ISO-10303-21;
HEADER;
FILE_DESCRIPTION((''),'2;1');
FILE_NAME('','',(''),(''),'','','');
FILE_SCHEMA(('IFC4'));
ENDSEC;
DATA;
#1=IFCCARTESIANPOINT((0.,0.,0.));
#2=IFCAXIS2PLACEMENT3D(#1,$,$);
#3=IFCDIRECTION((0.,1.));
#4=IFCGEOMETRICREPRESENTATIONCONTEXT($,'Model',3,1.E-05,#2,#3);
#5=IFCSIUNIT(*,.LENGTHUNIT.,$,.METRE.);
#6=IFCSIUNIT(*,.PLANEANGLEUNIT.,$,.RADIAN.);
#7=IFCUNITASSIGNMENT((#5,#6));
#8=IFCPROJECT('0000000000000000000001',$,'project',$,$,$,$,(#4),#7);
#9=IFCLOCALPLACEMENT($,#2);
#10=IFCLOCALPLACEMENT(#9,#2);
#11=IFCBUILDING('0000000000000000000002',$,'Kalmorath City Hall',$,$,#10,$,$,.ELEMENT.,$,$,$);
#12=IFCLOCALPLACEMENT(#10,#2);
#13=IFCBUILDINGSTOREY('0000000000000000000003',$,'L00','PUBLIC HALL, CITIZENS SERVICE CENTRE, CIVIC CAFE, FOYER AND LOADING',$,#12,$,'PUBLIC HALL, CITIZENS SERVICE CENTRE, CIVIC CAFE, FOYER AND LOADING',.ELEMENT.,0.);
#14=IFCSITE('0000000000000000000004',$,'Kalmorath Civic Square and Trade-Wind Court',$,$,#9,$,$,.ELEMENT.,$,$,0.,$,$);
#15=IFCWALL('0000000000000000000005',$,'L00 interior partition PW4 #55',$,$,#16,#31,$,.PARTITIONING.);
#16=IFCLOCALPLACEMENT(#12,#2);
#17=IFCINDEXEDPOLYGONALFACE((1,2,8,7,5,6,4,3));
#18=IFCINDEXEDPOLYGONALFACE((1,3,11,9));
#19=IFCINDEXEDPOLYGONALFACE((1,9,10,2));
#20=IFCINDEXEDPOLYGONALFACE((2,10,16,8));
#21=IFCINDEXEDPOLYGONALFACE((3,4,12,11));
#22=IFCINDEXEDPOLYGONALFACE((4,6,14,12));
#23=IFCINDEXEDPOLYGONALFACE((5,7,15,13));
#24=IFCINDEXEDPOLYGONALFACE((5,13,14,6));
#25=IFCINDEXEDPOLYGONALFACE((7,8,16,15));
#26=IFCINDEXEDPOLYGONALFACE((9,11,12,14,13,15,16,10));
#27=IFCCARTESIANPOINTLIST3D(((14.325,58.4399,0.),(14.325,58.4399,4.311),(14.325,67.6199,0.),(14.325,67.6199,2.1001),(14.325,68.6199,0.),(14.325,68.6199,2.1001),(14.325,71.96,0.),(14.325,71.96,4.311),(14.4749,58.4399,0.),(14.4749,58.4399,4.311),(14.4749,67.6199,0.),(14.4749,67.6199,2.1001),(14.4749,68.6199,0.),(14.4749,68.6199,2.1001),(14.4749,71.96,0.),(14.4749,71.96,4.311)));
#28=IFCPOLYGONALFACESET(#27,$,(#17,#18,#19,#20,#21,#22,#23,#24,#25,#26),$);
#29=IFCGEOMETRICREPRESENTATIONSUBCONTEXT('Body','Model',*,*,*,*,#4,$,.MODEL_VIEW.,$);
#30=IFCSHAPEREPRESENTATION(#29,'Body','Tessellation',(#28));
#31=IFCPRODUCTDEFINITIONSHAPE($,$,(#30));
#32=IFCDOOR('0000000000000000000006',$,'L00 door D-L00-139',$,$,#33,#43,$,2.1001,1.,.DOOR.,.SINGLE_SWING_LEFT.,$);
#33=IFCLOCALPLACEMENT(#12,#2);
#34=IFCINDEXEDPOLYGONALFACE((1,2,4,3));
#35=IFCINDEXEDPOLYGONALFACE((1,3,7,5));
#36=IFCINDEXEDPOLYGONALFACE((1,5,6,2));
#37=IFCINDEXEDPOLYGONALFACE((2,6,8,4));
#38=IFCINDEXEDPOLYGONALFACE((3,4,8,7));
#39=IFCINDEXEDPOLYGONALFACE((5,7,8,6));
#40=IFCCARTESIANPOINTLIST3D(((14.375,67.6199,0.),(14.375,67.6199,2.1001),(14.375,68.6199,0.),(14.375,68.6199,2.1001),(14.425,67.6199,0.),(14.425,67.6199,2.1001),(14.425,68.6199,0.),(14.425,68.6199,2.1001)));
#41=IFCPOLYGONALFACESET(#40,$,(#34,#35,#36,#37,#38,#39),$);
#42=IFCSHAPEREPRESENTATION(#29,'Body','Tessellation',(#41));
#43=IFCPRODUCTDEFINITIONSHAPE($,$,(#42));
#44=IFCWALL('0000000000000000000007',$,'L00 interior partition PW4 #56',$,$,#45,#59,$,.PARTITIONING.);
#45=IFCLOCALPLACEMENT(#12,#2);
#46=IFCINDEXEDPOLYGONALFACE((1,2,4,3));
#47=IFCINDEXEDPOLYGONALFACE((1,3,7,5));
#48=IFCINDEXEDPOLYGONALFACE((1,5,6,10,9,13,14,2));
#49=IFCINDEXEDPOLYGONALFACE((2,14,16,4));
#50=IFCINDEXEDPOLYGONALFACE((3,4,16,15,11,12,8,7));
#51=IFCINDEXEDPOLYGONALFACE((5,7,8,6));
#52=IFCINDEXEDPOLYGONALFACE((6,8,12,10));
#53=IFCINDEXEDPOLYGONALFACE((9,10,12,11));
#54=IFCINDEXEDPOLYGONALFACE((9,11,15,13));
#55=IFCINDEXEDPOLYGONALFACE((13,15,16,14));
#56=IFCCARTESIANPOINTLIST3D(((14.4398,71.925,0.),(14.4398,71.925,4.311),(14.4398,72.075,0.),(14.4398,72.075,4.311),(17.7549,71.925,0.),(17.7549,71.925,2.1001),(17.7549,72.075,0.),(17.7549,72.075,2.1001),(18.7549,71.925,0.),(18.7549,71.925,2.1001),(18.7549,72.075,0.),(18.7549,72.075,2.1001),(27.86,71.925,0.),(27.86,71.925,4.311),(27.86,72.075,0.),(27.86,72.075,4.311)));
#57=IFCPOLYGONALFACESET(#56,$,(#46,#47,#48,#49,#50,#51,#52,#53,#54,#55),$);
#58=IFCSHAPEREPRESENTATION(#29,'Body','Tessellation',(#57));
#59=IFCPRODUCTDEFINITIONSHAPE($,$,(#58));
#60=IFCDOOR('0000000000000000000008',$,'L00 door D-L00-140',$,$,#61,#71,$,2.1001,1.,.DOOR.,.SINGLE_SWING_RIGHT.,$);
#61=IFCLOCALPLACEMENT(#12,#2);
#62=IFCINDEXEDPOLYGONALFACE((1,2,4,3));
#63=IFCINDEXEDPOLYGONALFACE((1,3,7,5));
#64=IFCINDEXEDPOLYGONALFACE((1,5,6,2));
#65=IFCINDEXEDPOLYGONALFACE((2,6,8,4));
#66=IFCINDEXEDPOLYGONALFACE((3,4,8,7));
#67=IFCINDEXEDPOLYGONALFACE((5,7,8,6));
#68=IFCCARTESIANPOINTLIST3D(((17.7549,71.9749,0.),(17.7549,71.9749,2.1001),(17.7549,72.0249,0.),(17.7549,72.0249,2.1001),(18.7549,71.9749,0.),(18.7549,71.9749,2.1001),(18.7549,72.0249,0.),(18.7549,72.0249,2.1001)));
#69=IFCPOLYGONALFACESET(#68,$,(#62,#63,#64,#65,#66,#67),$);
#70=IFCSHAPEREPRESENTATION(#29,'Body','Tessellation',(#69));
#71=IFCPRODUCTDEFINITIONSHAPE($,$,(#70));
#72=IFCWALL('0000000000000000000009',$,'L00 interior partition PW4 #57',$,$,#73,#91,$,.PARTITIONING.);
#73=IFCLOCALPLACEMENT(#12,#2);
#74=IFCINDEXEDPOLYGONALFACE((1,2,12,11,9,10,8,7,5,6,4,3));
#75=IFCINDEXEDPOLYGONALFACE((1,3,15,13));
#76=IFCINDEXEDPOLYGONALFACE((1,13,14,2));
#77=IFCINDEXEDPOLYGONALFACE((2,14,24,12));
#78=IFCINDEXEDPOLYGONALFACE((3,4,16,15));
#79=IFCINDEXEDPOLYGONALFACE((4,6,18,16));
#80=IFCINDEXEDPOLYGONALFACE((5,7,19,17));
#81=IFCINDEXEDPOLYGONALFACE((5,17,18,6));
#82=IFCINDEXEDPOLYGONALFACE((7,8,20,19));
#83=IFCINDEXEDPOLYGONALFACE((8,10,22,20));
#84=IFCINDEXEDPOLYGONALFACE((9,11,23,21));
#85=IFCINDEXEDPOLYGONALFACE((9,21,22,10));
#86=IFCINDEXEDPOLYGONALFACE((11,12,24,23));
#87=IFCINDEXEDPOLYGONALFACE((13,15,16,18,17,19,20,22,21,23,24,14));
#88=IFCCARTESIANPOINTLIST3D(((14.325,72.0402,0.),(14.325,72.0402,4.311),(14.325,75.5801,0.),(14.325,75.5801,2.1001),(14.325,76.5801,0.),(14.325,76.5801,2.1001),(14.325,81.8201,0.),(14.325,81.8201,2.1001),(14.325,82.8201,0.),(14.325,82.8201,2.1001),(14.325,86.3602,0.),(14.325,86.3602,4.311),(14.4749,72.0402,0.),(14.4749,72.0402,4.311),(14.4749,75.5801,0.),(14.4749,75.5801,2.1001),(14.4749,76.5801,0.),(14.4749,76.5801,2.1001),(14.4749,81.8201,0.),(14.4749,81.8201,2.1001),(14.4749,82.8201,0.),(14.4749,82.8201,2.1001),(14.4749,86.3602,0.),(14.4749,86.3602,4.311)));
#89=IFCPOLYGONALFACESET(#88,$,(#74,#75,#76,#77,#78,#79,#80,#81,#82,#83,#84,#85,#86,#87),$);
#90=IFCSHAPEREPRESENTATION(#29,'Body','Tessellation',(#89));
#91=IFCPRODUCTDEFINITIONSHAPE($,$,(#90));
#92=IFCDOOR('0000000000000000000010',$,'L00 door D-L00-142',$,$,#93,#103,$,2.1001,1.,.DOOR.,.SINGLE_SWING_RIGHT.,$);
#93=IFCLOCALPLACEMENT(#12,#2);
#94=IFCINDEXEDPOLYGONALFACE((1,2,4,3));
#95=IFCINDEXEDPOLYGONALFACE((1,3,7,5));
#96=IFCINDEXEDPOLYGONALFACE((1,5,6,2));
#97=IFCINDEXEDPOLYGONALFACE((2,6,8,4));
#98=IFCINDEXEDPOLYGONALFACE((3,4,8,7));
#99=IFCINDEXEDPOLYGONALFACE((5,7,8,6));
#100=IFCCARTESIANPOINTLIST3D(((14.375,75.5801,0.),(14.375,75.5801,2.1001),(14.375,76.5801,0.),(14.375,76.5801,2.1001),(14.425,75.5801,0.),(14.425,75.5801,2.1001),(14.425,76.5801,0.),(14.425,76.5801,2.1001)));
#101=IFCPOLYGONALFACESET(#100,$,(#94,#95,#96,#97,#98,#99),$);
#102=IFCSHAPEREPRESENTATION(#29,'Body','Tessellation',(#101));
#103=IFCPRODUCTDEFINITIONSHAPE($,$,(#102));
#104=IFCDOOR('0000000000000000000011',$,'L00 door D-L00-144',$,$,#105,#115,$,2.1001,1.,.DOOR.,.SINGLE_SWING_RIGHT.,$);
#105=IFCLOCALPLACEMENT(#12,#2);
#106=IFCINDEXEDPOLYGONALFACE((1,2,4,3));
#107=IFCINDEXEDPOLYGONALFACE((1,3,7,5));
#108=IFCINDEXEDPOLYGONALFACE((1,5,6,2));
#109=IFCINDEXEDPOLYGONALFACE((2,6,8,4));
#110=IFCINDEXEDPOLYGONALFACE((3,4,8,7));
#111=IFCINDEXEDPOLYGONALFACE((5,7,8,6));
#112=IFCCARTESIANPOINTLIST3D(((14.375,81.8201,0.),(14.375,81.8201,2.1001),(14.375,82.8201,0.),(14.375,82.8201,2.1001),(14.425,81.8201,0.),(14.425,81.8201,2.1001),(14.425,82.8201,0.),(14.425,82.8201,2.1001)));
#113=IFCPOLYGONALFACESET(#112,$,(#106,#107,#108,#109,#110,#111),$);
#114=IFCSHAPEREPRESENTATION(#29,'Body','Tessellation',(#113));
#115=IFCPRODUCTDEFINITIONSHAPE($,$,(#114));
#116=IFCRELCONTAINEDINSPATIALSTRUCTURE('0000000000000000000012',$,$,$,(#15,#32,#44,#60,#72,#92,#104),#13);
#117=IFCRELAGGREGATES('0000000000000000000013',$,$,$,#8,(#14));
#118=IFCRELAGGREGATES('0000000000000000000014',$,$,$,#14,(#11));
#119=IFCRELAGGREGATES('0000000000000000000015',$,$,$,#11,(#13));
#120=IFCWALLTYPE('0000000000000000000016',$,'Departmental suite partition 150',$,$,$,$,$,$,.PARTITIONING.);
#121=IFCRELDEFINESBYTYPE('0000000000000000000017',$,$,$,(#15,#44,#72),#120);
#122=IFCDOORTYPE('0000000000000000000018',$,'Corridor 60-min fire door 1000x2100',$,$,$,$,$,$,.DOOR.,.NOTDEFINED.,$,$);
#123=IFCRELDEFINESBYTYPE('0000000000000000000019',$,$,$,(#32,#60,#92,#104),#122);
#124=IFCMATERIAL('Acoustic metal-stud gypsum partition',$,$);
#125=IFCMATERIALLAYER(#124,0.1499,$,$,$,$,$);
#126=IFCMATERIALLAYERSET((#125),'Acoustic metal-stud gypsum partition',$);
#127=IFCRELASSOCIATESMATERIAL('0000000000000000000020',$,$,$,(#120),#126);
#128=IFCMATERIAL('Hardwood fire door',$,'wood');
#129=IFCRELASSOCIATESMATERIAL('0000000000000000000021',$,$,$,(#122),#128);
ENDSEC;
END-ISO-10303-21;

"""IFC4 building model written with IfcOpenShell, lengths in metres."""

from ifc_helpers import new_model, si_unit, direction, frame, frame_2d, origin, place, context, subcontext, project, spatial, rectangle, extrude, material, layer, layer_set, type_object, element, fill, save


model = new_model("IFC4")

# Units and contexts
model_context = context("Model", 3, precision=1e-05, world=origin(), true_north=direction((0.0, 1.0)))
body_context = subcontext(model_context, "Body", "Model", "MODEL_VIEW")
ifc_project = project(units=[si_unit("LENGTHUNIT", "METRE"), si_unit("PLANEANGLEUNIT", "RADIAN")], contexts=[model_context])

# Site, building, storey
site_placement = place(None, origin())
site = spatial("IfcSite", under=ifc_project, at=site_placement, Name="Kalmorath Civic Square and Trade-Wind Court", CompositionType="ELEMENT", RefElevation=0.0)
building_placement = place(site_placement, origin())
building = spatial("IfcBuilding", under=site, at=building_placement, Name="Kalmorath City Hall", CompositionType="ELEMENT")
storey_placement = place(building_placement, origin())
storey = spatial("IfcBuildingStorey", under=building, at=storey_placement, Name="L00", Description="PUBLIC HALL, CITIZENS SERVICE CENTRE, CIVIC CAFE, FOYER AND LOADING", LongName="PUBLIC HALL, CITIZENS SERVICE CENTRE, CIVIC CAFE, FOYER AND LOADING", CompositionType="ELEMENT", Elevation=0.0)

# Walls, openings, doors
ifc_material_1 = material(Name="Acoustic metal-stud gypsum partition")
ifc_layer_1 = layer(ifc_material_1, 0.1499)
ifc_layer_set_1 = layer_set([ifc_layer_1], Name="Acoustic metal-stud gypsum partition")
wall_type_1 = type_object("IfcWallType", Name="Departmental suite partition 150", PredefinedType="PARTITIONING", material=ifc_layer_set_1)
wall_1_placement = place(storey_placement, frame((14.3999, 58.4399, 0.0), z_axis=(0.0, 0.0, 1.0), x_axis=(0.0, 1.0, 0.0)))
wall_1 = element("IfcWall", 1, at=wall_1_placement, inside=storey, type_object=wall_type_1, Name="L00 interior partition PW4 #55", PredefinedType="PARTITIONING", context=body_context, shape_type="SweptSolid", body=[
    extrude(rectangle(XDim=13.52, YDim=0.1499, at=frame_2d((6.76, 0.0))), origin(), (0.0, 0.0, 1.0), 4.311),
])
opening_1_placement = place(wall_1_placement, frame((9.1799, 0.0, 0.0)))
opening_1 = element("IfcOpeningElement", 2, at=opening_1_placement, cuts=wall_1, PredefinedType="OPENING", context=body_context, shape_type="SweptSolid", body=[
    extrude(rectangle(XDim=1.0, YDim=2.1001, at=frame_2d((0.5, 1.05))), frame((0.0, 0.085, 0.0), z_axis=(0.0, -1.0, 0.0), x_axis=(1.0, 0.0, 0.0)), (0.0, 0.0, 1.0), 0.1699),
])
ifc_material_2 = material(Name="Hardwood fire door", Category="wood")
door_type_1 = type_object("IfcDoorType", Name="Corridor 60-min fire door 1000x2100", OperationType="NOTDEFINED", PredefinedType="DOOR", material=ifc_material_2)
door_1_placement = place(opening_1_placement, origin())
door_1 = element("IfcDoor", 3, at=door_1_placement, inside=storey, type_object=door_type_1, Name="L00 door D-L00-139", OperationType="SINGLE_SWING_LEFT", OverallHeight=2.1001, OverallWidth=1.0, PredefinedType="DOOR", context=body_context, shape_type="SweptSolid", body=[
    extrude(rectangle(XDim=1.0, YDim=2.1001, at=frame_2d((0.5, 1.05))), frame((0.0, 0.0249, 0.0), z_axis=(0.0, -1.0, 0.0), x_axis=(1.0, 0.0, 0.0)), (0.0, 0.0, 1.0), 0.05),
])
fill(opening_1, door_1)
wall_2_placement = place(storey_placement, frame((14.4399, 72.0, 0.0), z_axis=(0.0, 0.0, 1.0), x_axis=(1.0, 0.0, 0.0)))
wall_2 = element("IfcWall", 4, at=wall_2_placement, inside=storey, type_object=wall_type_1, Name="L00 interior partition PW4 #56", PredefinedType="PARTITIONING", context=body_context, shape_type="SweptSolid", body=[
    extrude(rectangle(XDim=13.4202, YDim=0.1499, at=frame_2d((6.71, 0.0))), origin(), (0.0, 0.0, 1.0), 4.311),
])
opening_2_placement = place(wall_2_placement, frame((3.3149, 0.0, 0.0)))
opening_2 = element("IfcOpeningElement", 5, at=opening_2_placement, cuts=wall_2, PredefinedType="OPENING", context=body_context, shape_type="SweptSolid", body=[
    extrude(rectangle(XDim=1.0, YDim=2.1001, at=frame_2d((0.5, 1.05))), frame((0.0, 0.085, 0.0), z_axis=(0.0, -1.0, 0.0), x_axis=(1.0, 0.0, 0.0)), (0.0, 0.0, 1.0), 0.1699),
])
door_2_placement = place(opening_2_placement, origin())
door_2 = element("IfcDoor", 6, at=door_2_placement, inside=storey, type_object=door_type_1, Name="L00 door D-L00-140", OperationType="SINGLE_SWING_RIGHT", OverallHeight=2.1001, OverallWidth=1.0, PredefinedType="DOOR", context=body_context, shape_type="SweptSolid", body=[
    extrude(rectangle(XDim=1.0, YDim=2.1001, at=frame_2d((0.5, 1.05))), frame((0.0, 0.0249, 0.0), z_axis=(0.0, -1.0, 0.0), x_axis=(1.0, 0.0, 0.0)), (0.0, 0.0, 1.0), 0.05),
])
fill(opening_2, door_2)

# Wall, openings, doors
wall_3_placement = place(storey_placement, frame((14.3999, 72.04, 0.0), z_axis=(0.0, 0.0, 1.0), x_axis=(0.0, 1.0, 0.0)))
wall_3 = element("IfcWall", 7, at=wall_3_placement, inside=storey, type_object=wall_type_1, Name="L00 interior partition PW4 #57", PredefinedType="PARTITIONING", context=body_context, shape_type="SweptSolid", body=[
    extrude(rectangle(XDim=14.3201, YDim=0.1499, at=frame_2d((7.1602, 0.0))), origin(), (0.0, 0.0, 1.0), 4.311),
])
opening_3_placement = place(wall_3_placement, frame((3.54, 0.0, 0.0)))
opening_3 = element("IfcOpeningElement", 8, at=opening_3_placement, cuts=wall_3, PredefinedType="OPENING", context=body_context, shape_type="SweptSolid", body=[
    extrude(rectangle(XDim=1.0, YDim=2.1001, at=frame_2d((0.5, 1.05))), frame((0.0, 0.085, 0.0), z_axis=(0.0, -1.0, 0.0), x_axis=(1.0, 0.0, 0.0)), (0.0, 0.0, 1.0), 0.1699),
])
opening_4_placement = place(wall_3_placement, frame((9.78, 0.0, 0.0)))
opening_4 = element("IfcOpeningElement", 9, at=opening_4_placement, cuts=wall_3, PredefinedType="OPENING", context=body_context, shape_type="SweptSolid", body=[
    extrude(rectangle(XDim=1.0, YDim=2.1001, at=frame_2d((0.5, 1.05))), frame((0.0, 0.085, 0.0), z_axis=(0.0, -1.0, 0.0), x_axis=(1.0, 0.0, 0.0)), (0.0, 0.0, 1.0), 0.1699),
])
door_3_placement = place(opening_3_placement, origin())
door_3 = element("IfcDoor", 10, at=door_3_placement, inside=storey, type_object=door_type_1, Name="L00 door D-L00-142", OperationType="SINGLE_SWING_RIGHT", OverallHeight=2.1001, OverallWidth=1.0, PredefinedType="DOOR", context=body_context, shape_type="SweptSolid", body=[
    extrude(rectangle(XDim=1.0, YDim=2.1001, at=frame_2d((0.5, 1.05))), frame((0.0, 0.0249, 0.0), z_axis=(0.0, -1.0, 0.0), x_axis=(1.0, 0.0, 0.0)), (0.0, 0.0, 1.0), 0.05),
])
fill(opening_3, door_3)
door_4_placement = place(opening_4_placement, origin())
door_4 = element("IfcDoor", 11, at=door_4_placement, inside=storey, type_object=door_type_1, Name="L00 door D-L00-144", OperationType="SINGLE_SWING_RIGHT", OverallHeight=2.1001, OverallWidth=1.0, PredefinedType="DOOR", context=body_context, shape_type="SweptSolid", body=[
    extrude(rectangle(XDim=1.0, YDim=2.1001, at=frame_2d((0.5, 1.05))), frame((0.0, 0.0249, 0.0), z_axis=(0.0, -1.0, 0.0), x_axis=(1.0, 0.0, 0.0)), (0.0, 0.0, 1.0), 0.05),
])
fill(opening_4, door_4)

save(model, "model.ifc")
